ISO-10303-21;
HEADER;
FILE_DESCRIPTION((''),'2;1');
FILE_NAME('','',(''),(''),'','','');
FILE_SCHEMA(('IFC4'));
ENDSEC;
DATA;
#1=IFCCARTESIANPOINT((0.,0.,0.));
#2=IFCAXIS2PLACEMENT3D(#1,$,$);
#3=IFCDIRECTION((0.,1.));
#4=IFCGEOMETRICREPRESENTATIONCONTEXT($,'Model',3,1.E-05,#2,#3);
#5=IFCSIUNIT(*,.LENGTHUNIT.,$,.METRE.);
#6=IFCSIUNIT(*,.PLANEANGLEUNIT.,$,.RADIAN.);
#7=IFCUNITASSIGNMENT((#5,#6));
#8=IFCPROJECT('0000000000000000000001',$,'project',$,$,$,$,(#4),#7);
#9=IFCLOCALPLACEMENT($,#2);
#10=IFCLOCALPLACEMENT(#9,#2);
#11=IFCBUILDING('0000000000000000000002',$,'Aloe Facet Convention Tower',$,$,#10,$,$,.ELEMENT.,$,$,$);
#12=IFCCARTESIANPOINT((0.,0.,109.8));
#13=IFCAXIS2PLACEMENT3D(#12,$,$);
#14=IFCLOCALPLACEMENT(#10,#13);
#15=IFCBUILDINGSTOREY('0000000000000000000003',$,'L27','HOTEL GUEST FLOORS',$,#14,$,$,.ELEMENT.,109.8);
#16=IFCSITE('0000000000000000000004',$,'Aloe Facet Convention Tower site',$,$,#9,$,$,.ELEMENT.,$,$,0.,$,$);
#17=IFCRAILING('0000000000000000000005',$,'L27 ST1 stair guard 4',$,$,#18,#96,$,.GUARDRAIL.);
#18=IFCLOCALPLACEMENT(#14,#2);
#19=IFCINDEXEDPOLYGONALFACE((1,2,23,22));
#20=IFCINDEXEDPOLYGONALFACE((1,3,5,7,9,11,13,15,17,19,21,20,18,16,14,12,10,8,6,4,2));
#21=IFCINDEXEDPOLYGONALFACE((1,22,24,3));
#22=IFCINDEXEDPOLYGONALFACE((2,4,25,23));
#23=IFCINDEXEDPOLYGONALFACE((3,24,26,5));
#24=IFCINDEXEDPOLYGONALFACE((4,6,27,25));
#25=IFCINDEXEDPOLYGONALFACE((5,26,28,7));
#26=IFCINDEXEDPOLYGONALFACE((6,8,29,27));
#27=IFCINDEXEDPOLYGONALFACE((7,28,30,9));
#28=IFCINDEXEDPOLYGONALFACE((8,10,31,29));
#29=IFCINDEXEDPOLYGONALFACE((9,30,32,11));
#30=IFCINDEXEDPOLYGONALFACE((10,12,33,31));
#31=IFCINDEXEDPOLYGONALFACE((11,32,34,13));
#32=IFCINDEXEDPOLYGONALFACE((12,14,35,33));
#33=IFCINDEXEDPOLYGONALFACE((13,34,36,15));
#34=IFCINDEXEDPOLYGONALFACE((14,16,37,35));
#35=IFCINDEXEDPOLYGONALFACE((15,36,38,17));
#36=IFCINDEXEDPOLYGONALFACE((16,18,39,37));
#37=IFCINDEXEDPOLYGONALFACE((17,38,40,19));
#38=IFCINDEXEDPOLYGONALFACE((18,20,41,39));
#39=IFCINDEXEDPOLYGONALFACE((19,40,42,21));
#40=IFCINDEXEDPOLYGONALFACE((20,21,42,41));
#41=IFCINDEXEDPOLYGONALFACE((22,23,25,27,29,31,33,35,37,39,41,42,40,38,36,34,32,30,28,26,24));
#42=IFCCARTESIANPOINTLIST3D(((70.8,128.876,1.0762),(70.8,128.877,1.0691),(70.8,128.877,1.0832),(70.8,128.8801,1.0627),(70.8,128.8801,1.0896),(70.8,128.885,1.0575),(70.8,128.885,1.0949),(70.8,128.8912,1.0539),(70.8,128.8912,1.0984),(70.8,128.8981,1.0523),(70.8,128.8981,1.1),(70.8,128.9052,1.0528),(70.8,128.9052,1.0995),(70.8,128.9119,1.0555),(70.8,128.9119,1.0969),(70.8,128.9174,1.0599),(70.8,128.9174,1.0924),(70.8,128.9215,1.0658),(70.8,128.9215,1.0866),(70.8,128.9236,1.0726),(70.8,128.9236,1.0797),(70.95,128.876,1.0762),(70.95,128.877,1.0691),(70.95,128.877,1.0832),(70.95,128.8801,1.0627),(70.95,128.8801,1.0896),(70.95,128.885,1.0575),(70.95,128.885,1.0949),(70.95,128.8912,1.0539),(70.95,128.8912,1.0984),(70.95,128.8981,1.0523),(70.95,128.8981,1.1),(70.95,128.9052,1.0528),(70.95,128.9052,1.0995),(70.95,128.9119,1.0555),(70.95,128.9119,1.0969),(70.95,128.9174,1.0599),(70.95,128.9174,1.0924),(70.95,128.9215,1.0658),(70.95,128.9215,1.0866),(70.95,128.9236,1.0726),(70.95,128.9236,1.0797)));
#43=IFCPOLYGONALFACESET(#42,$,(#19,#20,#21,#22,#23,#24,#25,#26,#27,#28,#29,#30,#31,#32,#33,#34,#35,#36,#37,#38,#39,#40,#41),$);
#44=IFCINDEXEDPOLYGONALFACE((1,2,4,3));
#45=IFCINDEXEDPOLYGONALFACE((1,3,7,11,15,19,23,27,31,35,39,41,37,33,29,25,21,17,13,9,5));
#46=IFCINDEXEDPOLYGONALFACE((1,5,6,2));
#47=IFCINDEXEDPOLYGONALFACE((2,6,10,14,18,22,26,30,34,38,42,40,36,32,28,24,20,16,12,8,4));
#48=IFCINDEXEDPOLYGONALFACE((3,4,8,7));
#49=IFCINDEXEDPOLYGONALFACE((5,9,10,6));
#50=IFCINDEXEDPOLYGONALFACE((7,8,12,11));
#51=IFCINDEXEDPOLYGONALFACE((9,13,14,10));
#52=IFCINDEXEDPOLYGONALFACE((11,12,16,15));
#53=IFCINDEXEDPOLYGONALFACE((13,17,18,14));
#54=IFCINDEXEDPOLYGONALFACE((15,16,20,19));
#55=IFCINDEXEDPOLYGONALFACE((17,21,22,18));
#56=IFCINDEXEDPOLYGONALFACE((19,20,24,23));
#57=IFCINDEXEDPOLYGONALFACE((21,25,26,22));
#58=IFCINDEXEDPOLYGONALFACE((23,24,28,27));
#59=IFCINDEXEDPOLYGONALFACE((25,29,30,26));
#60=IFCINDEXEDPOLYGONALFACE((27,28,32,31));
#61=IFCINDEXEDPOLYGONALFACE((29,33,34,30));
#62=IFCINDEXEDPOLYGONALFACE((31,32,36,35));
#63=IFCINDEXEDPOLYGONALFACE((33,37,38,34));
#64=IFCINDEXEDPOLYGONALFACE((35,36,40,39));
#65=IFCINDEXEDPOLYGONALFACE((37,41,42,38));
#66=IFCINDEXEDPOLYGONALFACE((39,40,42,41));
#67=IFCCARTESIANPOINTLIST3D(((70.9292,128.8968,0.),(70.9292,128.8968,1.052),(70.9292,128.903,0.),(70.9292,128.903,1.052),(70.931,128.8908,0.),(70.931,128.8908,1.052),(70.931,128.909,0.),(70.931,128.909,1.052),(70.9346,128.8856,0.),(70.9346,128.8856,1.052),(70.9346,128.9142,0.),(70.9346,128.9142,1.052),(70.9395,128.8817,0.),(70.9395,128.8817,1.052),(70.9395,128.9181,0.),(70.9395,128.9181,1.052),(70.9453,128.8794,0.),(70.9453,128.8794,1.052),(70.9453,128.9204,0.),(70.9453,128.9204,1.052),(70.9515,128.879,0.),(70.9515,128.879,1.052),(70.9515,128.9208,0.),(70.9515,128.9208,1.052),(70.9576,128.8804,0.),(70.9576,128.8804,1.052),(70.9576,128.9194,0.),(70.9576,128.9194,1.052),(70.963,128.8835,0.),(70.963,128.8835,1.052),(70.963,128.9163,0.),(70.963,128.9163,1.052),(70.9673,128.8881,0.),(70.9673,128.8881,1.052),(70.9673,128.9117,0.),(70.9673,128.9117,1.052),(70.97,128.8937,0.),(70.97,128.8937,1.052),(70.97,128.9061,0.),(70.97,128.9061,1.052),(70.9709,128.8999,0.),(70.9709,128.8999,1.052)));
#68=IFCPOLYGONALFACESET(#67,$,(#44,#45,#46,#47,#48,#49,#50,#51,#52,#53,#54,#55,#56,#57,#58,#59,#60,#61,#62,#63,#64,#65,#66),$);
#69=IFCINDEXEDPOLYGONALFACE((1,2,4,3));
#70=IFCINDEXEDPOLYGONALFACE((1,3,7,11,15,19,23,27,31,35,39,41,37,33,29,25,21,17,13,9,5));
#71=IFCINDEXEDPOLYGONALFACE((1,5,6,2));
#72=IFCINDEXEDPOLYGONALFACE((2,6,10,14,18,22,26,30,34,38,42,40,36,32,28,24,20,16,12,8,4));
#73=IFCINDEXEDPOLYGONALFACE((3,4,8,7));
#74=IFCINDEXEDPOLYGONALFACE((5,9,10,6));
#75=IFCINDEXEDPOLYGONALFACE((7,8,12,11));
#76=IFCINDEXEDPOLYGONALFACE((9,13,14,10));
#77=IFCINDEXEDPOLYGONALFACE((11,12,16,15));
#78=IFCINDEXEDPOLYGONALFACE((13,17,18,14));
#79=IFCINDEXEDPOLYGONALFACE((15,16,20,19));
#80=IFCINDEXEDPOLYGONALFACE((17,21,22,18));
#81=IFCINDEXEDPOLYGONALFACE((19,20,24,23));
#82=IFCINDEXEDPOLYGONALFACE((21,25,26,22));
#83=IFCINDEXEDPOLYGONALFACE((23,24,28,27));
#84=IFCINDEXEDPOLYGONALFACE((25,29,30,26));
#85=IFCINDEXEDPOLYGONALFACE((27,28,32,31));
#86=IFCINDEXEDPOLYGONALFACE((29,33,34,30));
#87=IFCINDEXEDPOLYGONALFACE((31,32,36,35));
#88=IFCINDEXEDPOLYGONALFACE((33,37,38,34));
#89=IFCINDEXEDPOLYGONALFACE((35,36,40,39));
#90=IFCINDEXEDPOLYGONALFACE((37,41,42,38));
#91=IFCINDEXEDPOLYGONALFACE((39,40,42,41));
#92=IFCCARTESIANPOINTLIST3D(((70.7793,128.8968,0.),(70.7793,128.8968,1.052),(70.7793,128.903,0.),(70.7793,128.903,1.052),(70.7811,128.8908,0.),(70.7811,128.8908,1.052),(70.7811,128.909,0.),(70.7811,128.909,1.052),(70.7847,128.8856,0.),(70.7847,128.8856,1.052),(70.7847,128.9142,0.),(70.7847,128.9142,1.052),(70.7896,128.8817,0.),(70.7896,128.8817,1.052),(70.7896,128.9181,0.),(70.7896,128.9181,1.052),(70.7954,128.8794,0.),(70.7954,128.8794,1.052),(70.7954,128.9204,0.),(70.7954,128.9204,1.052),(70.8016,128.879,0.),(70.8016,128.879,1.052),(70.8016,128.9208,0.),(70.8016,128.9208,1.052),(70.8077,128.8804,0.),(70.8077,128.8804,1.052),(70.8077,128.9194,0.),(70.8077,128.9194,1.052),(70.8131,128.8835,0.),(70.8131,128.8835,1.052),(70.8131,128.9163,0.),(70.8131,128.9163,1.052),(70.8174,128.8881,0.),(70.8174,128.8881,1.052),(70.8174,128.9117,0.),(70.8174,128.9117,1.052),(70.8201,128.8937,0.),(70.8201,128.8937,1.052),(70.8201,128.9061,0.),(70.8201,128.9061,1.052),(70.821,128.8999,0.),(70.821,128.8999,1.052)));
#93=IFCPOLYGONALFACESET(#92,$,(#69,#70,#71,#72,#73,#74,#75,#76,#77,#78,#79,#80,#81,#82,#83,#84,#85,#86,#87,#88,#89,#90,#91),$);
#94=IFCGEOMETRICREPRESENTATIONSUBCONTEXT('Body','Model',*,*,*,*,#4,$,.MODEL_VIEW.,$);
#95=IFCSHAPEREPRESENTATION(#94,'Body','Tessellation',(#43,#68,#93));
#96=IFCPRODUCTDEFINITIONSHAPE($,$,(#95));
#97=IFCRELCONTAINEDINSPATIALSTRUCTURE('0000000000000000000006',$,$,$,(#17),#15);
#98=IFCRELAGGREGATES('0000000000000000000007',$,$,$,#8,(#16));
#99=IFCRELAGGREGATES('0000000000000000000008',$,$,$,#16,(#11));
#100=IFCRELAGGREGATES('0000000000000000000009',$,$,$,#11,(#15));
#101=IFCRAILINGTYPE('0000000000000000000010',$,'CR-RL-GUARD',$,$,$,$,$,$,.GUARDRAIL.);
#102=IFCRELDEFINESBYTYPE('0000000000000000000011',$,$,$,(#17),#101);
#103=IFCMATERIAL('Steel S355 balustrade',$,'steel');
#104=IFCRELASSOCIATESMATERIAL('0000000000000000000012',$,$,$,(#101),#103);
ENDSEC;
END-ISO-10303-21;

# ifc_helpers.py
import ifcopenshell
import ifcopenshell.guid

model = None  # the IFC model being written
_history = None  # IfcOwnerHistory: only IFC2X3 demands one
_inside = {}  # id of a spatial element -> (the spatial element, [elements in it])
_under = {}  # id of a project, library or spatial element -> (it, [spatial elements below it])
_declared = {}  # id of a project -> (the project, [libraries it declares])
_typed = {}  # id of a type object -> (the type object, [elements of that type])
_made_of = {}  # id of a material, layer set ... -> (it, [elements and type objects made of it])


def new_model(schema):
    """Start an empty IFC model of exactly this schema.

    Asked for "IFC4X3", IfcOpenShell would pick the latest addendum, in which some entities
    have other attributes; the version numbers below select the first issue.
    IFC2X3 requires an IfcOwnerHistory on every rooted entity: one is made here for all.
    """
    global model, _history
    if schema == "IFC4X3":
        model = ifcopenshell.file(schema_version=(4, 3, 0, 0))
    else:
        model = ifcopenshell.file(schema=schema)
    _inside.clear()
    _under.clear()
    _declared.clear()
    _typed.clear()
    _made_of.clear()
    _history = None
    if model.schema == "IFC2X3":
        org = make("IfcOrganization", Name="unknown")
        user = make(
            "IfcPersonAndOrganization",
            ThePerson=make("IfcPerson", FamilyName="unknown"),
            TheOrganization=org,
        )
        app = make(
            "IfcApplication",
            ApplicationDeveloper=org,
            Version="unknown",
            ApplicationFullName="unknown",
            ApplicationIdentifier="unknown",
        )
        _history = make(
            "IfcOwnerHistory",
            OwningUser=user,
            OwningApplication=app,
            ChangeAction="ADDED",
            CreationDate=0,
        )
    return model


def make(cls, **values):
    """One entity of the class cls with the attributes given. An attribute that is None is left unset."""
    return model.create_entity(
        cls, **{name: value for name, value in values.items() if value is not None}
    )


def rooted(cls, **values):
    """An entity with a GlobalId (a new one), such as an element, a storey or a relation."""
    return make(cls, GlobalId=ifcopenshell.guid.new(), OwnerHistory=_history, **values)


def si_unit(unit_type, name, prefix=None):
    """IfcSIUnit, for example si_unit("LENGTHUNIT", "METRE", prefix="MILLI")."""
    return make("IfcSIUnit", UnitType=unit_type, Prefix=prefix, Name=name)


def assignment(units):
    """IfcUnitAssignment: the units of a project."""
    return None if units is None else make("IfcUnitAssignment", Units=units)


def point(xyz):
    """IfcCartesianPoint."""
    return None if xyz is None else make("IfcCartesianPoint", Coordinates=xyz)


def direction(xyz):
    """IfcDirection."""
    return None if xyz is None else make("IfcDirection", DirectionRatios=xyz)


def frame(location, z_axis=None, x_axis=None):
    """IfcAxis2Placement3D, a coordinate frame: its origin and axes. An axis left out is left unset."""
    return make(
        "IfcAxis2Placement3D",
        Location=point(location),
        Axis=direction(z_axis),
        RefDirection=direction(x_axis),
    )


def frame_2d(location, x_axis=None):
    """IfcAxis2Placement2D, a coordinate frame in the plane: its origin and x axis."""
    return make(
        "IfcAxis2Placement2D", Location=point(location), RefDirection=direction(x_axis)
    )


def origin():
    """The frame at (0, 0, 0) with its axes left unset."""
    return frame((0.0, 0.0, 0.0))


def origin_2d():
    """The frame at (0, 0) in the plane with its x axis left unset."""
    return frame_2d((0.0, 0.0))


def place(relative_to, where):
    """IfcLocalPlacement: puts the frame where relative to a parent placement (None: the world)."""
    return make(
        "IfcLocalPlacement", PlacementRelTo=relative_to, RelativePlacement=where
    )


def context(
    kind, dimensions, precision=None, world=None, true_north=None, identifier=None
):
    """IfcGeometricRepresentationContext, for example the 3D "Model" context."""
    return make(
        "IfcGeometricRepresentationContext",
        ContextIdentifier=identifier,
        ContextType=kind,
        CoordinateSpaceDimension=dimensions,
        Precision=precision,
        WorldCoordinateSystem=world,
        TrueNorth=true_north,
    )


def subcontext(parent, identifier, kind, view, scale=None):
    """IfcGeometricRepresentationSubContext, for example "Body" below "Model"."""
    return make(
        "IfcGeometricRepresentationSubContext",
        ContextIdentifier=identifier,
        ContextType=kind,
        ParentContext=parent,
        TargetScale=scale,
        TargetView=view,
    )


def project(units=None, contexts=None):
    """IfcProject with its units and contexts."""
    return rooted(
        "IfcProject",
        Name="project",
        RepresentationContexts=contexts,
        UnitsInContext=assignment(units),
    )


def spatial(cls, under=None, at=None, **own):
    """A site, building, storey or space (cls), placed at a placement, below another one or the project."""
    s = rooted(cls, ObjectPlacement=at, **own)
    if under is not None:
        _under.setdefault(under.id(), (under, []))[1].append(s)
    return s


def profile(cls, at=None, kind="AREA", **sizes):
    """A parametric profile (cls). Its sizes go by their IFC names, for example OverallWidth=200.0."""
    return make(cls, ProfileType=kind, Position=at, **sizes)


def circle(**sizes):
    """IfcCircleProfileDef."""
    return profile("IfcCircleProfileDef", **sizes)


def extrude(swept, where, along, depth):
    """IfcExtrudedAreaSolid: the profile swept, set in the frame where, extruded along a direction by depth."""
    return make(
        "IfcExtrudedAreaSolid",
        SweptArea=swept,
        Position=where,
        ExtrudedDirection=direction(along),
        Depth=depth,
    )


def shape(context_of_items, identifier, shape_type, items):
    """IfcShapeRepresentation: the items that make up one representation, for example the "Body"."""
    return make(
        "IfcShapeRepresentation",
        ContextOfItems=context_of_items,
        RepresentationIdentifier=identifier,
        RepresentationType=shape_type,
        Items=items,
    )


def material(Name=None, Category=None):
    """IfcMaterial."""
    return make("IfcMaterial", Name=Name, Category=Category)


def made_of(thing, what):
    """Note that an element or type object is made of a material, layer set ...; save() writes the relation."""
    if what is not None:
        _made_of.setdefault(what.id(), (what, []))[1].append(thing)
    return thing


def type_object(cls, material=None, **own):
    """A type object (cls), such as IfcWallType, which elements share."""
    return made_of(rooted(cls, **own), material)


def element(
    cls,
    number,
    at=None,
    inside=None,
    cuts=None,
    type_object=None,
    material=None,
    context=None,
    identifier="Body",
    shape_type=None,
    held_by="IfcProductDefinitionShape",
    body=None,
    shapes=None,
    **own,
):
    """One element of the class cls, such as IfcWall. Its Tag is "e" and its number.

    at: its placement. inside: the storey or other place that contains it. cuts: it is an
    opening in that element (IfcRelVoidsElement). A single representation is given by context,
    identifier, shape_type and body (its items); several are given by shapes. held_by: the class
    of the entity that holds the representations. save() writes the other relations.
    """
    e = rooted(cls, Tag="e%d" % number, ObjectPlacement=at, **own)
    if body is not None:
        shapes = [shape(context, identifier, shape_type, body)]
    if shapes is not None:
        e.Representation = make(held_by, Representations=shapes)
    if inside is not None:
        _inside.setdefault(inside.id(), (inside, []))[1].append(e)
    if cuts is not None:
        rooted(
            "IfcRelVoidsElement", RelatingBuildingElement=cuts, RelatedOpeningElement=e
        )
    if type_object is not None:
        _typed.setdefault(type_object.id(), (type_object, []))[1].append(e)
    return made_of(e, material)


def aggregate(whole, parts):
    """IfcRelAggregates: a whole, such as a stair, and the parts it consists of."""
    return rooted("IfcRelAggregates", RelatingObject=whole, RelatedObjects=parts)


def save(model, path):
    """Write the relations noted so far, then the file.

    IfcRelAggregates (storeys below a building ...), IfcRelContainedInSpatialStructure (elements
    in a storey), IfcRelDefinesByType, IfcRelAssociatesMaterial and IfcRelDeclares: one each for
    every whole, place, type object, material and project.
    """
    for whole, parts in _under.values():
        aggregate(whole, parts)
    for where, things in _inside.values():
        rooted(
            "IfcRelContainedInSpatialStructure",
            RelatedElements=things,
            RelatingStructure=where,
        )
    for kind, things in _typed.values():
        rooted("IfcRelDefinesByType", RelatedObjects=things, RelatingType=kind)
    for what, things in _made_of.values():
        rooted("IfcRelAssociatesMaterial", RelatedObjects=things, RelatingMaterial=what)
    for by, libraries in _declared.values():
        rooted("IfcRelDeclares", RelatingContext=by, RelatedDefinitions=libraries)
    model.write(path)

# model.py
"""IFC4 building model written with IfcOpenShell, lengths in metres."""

from ifc_helpers import new_model, si_unit, direction, frame, origin, origin_2d, place, context, subcontext, project, spatial, circle, extrude, material, type_object, element, save


model = new_model("IFC4")

# Units and contexts
model_context = context("Model", 3, precision=1e-05, world=origin(), true_north=direction((0.0, 1.0)))
body_context = subcontext(model_context, "Body", "Model", "MODEL_VIEW")
ifc_project = project(units=[si_unit("LENGTHUNIT", "METRE"), si_unit("PLANEANGLEUNIT", "RADIAN")], contexts=[model_context])

# Site, building, storey
site_placement = place(None, origin())
site = spatial("IfcSite", under=ifc_project, at=site_placement, Name="Aloe Facet Convention Tower site", CompositionType="ELEMENT", RefElevation=0.0)
building_placement = place(site_placement, origin())
building = spatial("IfcBuilding", under=site, at=building_placement, Name="Aloe Facet Convention Tower", CompositionType="ELEMENT")
storey_placement = place(building_placement, frame((0.0, 0.0, 109.8)))
storey = spatial("IfcBuildingStorey", under=building, at=storey_placement, Name="L27", Description="HOTEL GUEST FLOORS", CompositionType="ELEMENT", Elevation=109.8)

# Railing
ifc_material_1 = material(Name="Steel S355 balustrade", Category="steel")
railing_type_1 = type_object("IfcRailingType", Name="CR-RL-GUARD", PredefinedType="GUARDRAIL", material=ifc_material_1)
railing_1_placement = place(storey_placement, frame((70.95, 128.8999, 0.0)))
element("IfcRailing", 1, at=railing_1_placement, inside=storey, type_object=railing_type_1, Name="L27 ST1 stair guard 4", PredefinedType="GUARDRAIL", context=body_context, shape_type="SweptSolid", body=[
    extrude(circle(Radius=0.0239, at=origin_2d()), frame((0.0, 0.0, 1.0762), z_axis=(-1.0, 0.0, 0.0), x_axis=(0.0, -1.0, 0.0)), (0.0, 0.0, 1.0), 0.1499),
    extrude(circle(Radius=0.021, at=origin_2d()), origin(), (0.0, 0.0, 1.0), 1.052),
    extrude(circle(Radius=0.021, at=origin_2d()), frame((-0.1499, 0.0, 0.0)), (0.0, 0.0, 1.0), 1.052),
])

save(model, "model.ifc")
